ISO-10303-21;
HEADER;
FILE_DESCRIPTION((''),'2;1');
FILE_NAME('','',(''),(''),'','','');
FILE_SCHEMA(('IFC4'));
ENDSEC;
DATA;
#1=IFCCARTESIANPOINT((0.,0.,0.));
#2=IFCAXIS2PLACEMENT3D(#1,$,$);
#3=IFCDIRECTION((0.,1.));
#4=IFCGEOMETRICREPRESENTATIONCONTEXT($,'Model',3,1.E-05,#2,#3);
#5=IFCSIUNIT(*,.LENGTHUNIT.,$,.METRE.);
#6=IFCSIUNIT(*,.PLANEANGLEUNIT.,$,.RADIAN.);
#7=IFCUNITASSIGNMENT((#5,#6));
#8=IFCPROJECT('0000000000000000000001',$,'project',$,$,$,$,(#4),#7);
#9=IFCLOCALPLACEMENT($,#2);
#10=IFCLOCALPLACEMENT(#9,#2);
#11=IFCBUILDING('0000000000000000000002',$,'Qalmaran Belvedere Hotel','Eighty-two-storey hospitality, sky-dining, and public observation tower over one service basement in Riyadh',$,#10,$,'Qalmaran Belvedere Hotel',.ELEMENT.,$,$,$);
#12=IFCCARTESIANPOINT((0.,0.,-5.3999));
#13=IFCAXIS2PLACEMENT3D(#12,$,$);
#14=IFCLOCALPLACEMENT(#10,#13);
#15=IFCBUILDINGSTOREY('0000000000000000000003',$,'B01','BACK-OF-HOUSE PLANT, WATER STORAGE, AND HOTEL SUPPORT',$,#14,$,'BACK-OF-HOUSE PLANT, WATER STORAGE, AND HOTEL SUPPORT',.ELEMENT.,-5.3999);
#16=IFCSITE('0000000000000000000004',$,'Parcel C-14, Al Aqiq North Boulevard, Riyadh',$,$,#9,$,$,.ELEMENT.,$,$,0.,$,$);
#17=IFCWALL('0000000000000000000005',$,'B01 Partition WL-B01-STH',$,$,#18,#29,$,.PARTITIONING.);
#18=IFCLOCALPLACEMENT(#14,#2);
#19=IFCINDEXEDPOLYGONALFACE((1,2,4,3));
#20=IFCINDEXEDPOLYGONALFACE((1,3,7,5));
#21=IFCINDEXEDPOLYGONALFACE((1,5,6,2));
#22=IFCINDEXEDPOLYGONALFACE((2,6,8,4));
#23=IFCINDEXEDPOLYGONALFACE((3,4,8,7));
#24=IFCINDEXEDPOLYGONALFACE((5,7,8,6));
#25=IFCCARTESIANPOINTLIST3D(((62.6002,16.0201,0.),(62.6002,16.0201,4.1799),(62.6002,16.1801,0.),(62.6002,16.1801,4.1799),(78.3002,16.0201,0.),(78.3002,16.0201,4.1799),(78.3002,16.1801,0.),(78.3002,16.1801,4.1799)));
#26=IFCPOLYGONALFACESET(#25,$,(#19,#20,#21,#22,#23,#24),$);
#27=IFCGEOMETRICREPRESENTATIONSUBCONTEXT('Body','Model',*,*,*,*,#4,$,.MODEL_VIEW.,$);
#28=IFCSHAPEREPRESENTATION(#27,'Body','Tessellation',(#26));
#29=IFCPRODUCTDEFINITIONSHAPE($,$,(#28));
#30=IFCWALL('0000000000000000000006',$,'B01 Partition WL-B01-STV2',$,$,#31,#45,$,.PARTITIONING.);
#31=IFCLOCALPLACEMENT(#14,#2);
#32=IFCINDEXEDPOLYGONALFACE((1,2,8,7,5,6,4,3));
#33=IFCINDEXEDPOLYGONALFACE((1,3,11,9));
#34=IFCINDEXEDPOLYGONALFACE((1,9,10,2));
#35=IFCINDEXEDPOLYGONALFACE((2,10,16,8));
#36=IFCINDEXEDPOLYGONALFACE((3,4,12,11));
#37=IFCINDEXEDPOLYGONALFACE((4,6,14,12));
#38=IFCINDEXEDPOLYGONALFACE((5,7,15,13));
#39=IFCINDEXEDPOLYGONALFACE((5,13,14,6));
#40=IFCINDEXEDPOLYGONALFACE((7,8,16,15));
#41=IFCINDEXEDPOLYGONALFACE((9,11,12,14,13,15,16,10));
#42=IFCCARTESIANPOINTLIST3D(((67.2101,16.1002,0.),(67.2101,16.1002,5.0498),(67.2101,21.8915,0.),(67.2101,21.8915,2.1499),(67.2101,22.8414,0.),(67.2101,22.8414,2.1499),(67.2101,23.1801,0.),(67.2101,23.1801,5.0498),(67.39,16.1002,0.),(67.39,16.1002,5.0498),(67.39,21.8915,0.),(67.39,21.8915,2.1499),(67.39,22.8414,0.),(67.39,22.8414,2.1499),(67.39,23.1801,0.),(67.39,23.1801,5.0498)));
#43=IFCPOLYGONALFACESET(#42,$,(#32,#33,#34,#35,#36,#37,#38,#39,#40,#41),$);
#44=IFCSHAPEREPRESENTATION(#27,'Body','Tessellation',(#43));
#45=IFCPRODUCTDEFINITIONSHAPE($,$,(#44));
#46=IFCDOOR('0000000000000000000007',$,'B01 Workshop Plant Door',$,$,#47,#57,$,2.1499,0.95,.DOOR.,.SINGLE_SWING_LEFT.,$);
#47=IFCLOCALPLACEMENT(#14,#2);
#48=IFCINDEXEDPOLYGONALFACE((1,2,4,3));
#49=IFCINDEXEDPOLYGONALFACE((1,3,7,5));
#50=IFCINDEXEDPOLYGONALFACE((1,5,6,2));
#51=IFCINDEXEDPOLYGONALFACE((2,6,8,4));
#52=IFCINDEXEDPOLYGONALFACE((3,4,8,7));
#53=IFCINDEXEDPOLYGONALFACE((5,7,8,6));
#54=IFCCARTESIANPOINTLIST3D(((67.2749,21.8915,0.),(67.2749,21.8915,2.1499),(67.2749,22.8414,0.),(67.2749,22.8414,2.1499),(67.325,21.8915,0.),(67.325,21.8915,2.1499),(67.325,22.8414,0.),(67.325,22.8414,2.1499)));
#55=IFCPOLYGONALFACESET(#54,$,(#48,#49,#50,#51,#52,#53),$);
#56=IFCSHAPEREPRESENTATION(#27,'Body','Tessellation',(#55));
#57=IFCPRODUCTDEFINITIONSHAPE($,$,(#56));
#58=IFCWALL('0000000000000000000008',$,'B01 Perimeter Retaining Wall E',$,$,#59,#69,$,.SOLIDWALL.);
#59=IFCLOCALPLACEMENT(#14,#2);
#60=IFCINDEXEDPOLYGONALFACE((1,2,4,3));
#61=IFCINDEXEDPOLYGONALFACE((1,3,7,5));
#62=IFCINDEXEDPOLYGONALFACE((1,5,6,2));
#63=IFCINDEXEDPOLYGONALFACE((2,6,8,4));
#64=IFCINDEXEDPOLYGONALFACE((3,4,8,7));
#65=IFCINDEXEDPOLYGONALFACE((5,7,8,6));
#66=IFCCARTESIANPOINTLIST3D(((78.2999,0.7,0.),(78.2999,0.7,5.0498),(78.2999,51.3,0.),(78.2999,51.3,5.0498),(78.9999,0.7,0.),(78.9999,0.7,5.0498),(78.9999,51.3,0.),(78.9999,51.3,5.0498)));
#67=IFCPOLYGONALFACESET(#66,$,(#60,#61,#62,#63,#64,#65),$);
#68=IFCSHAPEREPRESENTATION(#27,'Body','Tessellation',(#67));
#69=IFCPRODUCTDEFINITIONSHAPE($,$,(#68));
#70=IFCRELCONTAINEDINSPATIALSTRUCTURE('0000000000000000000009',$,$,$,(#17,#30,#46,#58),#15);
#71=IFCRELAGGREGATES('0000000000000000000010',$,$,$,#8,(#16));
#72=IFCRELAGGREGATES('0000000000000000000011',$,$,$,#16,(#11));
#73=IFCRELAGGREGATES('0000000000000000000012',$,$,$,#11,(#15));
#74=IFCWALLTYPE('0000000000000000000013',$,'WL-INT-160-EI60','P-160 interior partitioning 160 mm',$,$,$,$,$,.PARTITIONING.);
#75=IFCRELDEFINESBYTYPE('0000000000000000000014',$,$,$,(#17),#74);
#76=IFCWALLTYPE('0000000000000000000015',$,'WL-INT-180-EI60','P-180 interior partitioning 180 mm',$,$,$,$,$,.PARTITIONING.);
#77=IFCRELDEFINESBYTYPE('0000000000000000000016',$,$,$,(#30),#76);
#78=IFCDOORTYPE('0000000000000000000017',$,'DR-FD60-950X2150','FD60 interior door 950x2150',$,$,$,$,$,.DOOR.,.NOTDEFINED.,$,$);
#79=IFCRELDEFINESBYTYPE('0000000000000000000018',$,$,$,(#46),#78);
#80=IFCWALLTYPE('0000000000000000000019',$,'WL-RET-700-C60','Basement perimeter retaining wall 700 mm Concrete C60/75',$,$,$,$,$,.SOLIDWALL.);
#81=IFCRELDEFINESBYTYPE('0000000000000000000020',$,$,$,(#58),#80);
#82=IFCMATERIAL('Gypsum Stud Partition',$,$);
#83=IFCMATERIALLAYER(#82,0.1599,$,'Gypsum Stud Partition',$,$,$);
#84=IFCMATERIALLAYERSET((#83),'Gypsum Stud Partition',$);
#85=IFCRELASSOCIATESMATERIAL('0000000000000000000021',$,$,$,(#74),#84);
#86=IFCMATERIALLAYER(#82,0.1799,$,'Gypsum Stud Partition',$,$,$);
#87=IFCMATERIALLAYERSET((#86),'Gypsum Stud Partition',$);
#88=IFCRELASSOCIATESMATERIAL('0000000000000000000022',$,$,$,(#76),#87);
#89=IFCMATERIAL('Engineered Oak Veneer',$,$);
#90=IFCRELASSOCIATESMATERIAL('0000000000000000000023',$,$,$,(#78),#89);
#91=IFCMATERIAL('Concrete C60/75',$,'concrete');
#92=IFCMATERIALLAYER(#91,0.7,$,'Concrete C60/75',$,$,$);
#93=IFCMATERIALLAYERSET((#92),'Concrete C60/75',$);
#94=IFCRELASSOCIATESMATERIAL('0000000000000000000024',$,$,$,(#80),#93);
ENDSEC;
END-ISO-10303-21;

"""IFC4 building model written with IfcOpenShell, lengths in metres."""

from ifc_helpers import new_model, si_unit, direction, frame, frame_2d, origin, place, context, subcontext, project, spatial, rectangle, extrude, material, layer, layer_set, type_object, element, fill, save


model = new_model("IFC4")

# Units and contexts
model_context = context("Model", 3, precision=1e-05, world=origin(), true_north=direction((0.0, 1.0)))
body_context = subcontext(model_context, "Body", "Model", "MODEL_VIEW")
ifc_project = project(units=[si_unit("LENGTHUNIT", "METRE"), si_unit("PLANEANGLEUNIT", "RADIAN")], contexts=[model_context])

# Site, building, storey
site_placement = place(None, origin())
site = spatial("IfcSite", under=ifc_project, at=site_placement, Name="Parcel C-14, Al Aqiq North Boulevard, Riyadh", CompositionType="ELEMENT", RefElevation=0.0)
building_placement = place(site_placement, origin())
building = spatial("IfcBuilding", under=site, at=building_placement, Name="Qalmaran Belvedere Hotel", Description="Eighty-two-storey hospitality, sky-dining, and public observation tower over one service basement in Riyadh", LongName="Qalmaran Belvedere Hotel", CompositionType="ELEMENT")
storey_placement = place(building_placement, frame((0.0, 0.0, -5.3999)))
storey = spatial("IfcBuildingStorey", under=building, at=storey_placement, Name="B01", Description="BACK-OF-HOUSE PLANT, WATER STORAGE, AND HOTEL SUPPORT", LongName="BACK-OF-HOUSE PLANT, WATER STORAGE, AND HOTEL SUPPORT", CompositionType="ELEMENT", Elevation=-5.3999)

# Shared definitions
ifc_material_1 = material(Name="Concrete C60/75", Category="concrete")

# Wall
ifc_material_2 = material(Name="Gypsum Stud Partition")
ifc_layer_1 = layer(ifc_material_2, 0.1599, Name="Gypsum Stud Partition")
ifc_layer_set_1 = layer_set([ifc_layer_1], Name="Gypsum Stud Partition")
wall_type_1 = type_object("IfcWallType", Name="WL-INT-160-EI60", Description="P-160 interior partitioning 160 mm", PredefinedType="PARTITIONING", material=ifc_layer_set_1)
wall_1_placement = place(storey_placement, frame((62.6001, 16.1001, 0.0), z_axis=(0.0, 0.0, 1.0), x_axis=(1.0, 0.0, 0.0)))
element("IfcWall", 1, at=wall_1_placement, inside=storey, type_object=wall_type_1, Name="B01 Partition WL-B01-STH", PredefinedType="PARTITIONING", context=body_context, shape_type="SweptSolid", body=[
    extrude(rectangle(XDim=15.7, YDim=0.1599, at=frame_2d((7.8501, 0.0))), origin(), (0.0, 0.0, 1.0), 4.1799),
])

# Wall, opening, door
ifc_layer_2 = layer(ifc_material_2, 0.1799, Name="Gypsum Stud Partition")
ifc_layer_set_2 = layer_set([ifc_layer_2], Name="Gypsum Stud Partition")
wall_type_2 = type_object("IfcWallType", Name="WL-INT-180-EI60", Description="P-180 interior partitioning 180 mm", PredefinedType="PARTITIONING", material=ifc_layer_set_2)
wall_2_placement = place(storey_placement, frame((67.3, 16.1001, 0.0), z_axis=(0.0, 0.0, 1.0), x_axis=(0.0, 1.0, 0.0)))
wall_2 = element("IfcWall", 2, at=wall_2_placement, inside=storey, type_object=wall_type_2, Name="B01 Partition WL-B01-STV2", PredefinedType="PARTITIONING", context=body_context, shape_type="SweptSolid", body=[
    extrude(rectangle(XDim=7.0798, YDim=0.1799, at=frame_2d((3.54, 0.0))), origin(), (0.0, 0.0, 1.0), 5.0498),
])
opening_placement = place(wall_2_placement, frame((6.7415, 0.0, 0.0), z_axis=(0.0, 0.0, 1.0), x_axis=(-1.0, 0.0, 0.0)))
opening = element("IfcOpeningElement", 3, at=opening_placement, cuts=wall_2, PredefinedType="OPENING", context=body_context, shape_type="SweptSolid", body=[
    extrude(rectangle(XDim=0.95, YDim=2.1499, at=frame_2d((0.4751, 1.075))), frame((0.0, 0.1001, 0.0), z_axis=(0.0, -1.0, 0.0), x_axis=(1.0, 0.0, 0.0)), (0.0, 0.0, 1.0), 0.2),
])
ifc_material_3 = material(Name="Engineered Oak Veneer")
door_type = type_object("IfcDoorType", Name="DR-FD60-950X2150", Description="FD60 interior door 950x2150", OperationType="NOTDEFINED", PredefinedType="DOOR", material=ifc_material_3)
door_placement = place(opening_placement, origin())
door = element("IfcDoor", 4, at=door_placement, inside=storey, type_object=door_type, Name="B01 Workshop Plant Door", OperationType="SINGLE_SWING_LEFT", OverallHeight=2.1499, OverallWidth=0.95, PredefinedType="DOOR", context=body_context, shape_type="SweptSolid", body=[
    extrude(rectangle(XDim=0.95, YDim=2.1499, at=frame_2d((0.4751, 1.075))), frame((0.0, 0.0249, 0.0), z_axis=(0.0, -1.0, 0.0), x_axis=(1.0, 0.0, 0.0)), (0.0, 0.0, 1.0), 0.05),
])
fill(opening, door)

# Wall
ifc_layer_3 = layer(ifc_material_1, 0.7, Name="Concrete C60/75")
ifc_layer_set_3 = layer_set([ifc_layer_3], Name="Concrete C60/75")
wall_type_3 = type_object("IfcWallType", Name="WL-RET-700-C60", Description="Basement perimeter retaining wall 700 mm Concrete C60/75", PredefinedType="SOLIDWALL", material=ifc_layer_set_3)
wall_3_placement = place(storey_placement, frame((78.6499, 0.7, 0.0), z_axis=(0.0, 0.0, 1.0), x_axis=(0.0, 1.0, 0.0)))
element("IfcWall", 5, at=wall_3_placement, inside=storey, type_object=wall_type_3, Name="B01 Perimeter Retaining Wall E", PredefinedType="SOLIDWALL", context=body_context, shape_type="SweptSolid", body=[
    extrude(rectangle(XDim=50.6001, YDim=0.7, at=frame_2d((25.3, 0.0))), origin(), (0.0, 0.0, 1.0), 5.0498),
])

save(model, "model.ifc")
